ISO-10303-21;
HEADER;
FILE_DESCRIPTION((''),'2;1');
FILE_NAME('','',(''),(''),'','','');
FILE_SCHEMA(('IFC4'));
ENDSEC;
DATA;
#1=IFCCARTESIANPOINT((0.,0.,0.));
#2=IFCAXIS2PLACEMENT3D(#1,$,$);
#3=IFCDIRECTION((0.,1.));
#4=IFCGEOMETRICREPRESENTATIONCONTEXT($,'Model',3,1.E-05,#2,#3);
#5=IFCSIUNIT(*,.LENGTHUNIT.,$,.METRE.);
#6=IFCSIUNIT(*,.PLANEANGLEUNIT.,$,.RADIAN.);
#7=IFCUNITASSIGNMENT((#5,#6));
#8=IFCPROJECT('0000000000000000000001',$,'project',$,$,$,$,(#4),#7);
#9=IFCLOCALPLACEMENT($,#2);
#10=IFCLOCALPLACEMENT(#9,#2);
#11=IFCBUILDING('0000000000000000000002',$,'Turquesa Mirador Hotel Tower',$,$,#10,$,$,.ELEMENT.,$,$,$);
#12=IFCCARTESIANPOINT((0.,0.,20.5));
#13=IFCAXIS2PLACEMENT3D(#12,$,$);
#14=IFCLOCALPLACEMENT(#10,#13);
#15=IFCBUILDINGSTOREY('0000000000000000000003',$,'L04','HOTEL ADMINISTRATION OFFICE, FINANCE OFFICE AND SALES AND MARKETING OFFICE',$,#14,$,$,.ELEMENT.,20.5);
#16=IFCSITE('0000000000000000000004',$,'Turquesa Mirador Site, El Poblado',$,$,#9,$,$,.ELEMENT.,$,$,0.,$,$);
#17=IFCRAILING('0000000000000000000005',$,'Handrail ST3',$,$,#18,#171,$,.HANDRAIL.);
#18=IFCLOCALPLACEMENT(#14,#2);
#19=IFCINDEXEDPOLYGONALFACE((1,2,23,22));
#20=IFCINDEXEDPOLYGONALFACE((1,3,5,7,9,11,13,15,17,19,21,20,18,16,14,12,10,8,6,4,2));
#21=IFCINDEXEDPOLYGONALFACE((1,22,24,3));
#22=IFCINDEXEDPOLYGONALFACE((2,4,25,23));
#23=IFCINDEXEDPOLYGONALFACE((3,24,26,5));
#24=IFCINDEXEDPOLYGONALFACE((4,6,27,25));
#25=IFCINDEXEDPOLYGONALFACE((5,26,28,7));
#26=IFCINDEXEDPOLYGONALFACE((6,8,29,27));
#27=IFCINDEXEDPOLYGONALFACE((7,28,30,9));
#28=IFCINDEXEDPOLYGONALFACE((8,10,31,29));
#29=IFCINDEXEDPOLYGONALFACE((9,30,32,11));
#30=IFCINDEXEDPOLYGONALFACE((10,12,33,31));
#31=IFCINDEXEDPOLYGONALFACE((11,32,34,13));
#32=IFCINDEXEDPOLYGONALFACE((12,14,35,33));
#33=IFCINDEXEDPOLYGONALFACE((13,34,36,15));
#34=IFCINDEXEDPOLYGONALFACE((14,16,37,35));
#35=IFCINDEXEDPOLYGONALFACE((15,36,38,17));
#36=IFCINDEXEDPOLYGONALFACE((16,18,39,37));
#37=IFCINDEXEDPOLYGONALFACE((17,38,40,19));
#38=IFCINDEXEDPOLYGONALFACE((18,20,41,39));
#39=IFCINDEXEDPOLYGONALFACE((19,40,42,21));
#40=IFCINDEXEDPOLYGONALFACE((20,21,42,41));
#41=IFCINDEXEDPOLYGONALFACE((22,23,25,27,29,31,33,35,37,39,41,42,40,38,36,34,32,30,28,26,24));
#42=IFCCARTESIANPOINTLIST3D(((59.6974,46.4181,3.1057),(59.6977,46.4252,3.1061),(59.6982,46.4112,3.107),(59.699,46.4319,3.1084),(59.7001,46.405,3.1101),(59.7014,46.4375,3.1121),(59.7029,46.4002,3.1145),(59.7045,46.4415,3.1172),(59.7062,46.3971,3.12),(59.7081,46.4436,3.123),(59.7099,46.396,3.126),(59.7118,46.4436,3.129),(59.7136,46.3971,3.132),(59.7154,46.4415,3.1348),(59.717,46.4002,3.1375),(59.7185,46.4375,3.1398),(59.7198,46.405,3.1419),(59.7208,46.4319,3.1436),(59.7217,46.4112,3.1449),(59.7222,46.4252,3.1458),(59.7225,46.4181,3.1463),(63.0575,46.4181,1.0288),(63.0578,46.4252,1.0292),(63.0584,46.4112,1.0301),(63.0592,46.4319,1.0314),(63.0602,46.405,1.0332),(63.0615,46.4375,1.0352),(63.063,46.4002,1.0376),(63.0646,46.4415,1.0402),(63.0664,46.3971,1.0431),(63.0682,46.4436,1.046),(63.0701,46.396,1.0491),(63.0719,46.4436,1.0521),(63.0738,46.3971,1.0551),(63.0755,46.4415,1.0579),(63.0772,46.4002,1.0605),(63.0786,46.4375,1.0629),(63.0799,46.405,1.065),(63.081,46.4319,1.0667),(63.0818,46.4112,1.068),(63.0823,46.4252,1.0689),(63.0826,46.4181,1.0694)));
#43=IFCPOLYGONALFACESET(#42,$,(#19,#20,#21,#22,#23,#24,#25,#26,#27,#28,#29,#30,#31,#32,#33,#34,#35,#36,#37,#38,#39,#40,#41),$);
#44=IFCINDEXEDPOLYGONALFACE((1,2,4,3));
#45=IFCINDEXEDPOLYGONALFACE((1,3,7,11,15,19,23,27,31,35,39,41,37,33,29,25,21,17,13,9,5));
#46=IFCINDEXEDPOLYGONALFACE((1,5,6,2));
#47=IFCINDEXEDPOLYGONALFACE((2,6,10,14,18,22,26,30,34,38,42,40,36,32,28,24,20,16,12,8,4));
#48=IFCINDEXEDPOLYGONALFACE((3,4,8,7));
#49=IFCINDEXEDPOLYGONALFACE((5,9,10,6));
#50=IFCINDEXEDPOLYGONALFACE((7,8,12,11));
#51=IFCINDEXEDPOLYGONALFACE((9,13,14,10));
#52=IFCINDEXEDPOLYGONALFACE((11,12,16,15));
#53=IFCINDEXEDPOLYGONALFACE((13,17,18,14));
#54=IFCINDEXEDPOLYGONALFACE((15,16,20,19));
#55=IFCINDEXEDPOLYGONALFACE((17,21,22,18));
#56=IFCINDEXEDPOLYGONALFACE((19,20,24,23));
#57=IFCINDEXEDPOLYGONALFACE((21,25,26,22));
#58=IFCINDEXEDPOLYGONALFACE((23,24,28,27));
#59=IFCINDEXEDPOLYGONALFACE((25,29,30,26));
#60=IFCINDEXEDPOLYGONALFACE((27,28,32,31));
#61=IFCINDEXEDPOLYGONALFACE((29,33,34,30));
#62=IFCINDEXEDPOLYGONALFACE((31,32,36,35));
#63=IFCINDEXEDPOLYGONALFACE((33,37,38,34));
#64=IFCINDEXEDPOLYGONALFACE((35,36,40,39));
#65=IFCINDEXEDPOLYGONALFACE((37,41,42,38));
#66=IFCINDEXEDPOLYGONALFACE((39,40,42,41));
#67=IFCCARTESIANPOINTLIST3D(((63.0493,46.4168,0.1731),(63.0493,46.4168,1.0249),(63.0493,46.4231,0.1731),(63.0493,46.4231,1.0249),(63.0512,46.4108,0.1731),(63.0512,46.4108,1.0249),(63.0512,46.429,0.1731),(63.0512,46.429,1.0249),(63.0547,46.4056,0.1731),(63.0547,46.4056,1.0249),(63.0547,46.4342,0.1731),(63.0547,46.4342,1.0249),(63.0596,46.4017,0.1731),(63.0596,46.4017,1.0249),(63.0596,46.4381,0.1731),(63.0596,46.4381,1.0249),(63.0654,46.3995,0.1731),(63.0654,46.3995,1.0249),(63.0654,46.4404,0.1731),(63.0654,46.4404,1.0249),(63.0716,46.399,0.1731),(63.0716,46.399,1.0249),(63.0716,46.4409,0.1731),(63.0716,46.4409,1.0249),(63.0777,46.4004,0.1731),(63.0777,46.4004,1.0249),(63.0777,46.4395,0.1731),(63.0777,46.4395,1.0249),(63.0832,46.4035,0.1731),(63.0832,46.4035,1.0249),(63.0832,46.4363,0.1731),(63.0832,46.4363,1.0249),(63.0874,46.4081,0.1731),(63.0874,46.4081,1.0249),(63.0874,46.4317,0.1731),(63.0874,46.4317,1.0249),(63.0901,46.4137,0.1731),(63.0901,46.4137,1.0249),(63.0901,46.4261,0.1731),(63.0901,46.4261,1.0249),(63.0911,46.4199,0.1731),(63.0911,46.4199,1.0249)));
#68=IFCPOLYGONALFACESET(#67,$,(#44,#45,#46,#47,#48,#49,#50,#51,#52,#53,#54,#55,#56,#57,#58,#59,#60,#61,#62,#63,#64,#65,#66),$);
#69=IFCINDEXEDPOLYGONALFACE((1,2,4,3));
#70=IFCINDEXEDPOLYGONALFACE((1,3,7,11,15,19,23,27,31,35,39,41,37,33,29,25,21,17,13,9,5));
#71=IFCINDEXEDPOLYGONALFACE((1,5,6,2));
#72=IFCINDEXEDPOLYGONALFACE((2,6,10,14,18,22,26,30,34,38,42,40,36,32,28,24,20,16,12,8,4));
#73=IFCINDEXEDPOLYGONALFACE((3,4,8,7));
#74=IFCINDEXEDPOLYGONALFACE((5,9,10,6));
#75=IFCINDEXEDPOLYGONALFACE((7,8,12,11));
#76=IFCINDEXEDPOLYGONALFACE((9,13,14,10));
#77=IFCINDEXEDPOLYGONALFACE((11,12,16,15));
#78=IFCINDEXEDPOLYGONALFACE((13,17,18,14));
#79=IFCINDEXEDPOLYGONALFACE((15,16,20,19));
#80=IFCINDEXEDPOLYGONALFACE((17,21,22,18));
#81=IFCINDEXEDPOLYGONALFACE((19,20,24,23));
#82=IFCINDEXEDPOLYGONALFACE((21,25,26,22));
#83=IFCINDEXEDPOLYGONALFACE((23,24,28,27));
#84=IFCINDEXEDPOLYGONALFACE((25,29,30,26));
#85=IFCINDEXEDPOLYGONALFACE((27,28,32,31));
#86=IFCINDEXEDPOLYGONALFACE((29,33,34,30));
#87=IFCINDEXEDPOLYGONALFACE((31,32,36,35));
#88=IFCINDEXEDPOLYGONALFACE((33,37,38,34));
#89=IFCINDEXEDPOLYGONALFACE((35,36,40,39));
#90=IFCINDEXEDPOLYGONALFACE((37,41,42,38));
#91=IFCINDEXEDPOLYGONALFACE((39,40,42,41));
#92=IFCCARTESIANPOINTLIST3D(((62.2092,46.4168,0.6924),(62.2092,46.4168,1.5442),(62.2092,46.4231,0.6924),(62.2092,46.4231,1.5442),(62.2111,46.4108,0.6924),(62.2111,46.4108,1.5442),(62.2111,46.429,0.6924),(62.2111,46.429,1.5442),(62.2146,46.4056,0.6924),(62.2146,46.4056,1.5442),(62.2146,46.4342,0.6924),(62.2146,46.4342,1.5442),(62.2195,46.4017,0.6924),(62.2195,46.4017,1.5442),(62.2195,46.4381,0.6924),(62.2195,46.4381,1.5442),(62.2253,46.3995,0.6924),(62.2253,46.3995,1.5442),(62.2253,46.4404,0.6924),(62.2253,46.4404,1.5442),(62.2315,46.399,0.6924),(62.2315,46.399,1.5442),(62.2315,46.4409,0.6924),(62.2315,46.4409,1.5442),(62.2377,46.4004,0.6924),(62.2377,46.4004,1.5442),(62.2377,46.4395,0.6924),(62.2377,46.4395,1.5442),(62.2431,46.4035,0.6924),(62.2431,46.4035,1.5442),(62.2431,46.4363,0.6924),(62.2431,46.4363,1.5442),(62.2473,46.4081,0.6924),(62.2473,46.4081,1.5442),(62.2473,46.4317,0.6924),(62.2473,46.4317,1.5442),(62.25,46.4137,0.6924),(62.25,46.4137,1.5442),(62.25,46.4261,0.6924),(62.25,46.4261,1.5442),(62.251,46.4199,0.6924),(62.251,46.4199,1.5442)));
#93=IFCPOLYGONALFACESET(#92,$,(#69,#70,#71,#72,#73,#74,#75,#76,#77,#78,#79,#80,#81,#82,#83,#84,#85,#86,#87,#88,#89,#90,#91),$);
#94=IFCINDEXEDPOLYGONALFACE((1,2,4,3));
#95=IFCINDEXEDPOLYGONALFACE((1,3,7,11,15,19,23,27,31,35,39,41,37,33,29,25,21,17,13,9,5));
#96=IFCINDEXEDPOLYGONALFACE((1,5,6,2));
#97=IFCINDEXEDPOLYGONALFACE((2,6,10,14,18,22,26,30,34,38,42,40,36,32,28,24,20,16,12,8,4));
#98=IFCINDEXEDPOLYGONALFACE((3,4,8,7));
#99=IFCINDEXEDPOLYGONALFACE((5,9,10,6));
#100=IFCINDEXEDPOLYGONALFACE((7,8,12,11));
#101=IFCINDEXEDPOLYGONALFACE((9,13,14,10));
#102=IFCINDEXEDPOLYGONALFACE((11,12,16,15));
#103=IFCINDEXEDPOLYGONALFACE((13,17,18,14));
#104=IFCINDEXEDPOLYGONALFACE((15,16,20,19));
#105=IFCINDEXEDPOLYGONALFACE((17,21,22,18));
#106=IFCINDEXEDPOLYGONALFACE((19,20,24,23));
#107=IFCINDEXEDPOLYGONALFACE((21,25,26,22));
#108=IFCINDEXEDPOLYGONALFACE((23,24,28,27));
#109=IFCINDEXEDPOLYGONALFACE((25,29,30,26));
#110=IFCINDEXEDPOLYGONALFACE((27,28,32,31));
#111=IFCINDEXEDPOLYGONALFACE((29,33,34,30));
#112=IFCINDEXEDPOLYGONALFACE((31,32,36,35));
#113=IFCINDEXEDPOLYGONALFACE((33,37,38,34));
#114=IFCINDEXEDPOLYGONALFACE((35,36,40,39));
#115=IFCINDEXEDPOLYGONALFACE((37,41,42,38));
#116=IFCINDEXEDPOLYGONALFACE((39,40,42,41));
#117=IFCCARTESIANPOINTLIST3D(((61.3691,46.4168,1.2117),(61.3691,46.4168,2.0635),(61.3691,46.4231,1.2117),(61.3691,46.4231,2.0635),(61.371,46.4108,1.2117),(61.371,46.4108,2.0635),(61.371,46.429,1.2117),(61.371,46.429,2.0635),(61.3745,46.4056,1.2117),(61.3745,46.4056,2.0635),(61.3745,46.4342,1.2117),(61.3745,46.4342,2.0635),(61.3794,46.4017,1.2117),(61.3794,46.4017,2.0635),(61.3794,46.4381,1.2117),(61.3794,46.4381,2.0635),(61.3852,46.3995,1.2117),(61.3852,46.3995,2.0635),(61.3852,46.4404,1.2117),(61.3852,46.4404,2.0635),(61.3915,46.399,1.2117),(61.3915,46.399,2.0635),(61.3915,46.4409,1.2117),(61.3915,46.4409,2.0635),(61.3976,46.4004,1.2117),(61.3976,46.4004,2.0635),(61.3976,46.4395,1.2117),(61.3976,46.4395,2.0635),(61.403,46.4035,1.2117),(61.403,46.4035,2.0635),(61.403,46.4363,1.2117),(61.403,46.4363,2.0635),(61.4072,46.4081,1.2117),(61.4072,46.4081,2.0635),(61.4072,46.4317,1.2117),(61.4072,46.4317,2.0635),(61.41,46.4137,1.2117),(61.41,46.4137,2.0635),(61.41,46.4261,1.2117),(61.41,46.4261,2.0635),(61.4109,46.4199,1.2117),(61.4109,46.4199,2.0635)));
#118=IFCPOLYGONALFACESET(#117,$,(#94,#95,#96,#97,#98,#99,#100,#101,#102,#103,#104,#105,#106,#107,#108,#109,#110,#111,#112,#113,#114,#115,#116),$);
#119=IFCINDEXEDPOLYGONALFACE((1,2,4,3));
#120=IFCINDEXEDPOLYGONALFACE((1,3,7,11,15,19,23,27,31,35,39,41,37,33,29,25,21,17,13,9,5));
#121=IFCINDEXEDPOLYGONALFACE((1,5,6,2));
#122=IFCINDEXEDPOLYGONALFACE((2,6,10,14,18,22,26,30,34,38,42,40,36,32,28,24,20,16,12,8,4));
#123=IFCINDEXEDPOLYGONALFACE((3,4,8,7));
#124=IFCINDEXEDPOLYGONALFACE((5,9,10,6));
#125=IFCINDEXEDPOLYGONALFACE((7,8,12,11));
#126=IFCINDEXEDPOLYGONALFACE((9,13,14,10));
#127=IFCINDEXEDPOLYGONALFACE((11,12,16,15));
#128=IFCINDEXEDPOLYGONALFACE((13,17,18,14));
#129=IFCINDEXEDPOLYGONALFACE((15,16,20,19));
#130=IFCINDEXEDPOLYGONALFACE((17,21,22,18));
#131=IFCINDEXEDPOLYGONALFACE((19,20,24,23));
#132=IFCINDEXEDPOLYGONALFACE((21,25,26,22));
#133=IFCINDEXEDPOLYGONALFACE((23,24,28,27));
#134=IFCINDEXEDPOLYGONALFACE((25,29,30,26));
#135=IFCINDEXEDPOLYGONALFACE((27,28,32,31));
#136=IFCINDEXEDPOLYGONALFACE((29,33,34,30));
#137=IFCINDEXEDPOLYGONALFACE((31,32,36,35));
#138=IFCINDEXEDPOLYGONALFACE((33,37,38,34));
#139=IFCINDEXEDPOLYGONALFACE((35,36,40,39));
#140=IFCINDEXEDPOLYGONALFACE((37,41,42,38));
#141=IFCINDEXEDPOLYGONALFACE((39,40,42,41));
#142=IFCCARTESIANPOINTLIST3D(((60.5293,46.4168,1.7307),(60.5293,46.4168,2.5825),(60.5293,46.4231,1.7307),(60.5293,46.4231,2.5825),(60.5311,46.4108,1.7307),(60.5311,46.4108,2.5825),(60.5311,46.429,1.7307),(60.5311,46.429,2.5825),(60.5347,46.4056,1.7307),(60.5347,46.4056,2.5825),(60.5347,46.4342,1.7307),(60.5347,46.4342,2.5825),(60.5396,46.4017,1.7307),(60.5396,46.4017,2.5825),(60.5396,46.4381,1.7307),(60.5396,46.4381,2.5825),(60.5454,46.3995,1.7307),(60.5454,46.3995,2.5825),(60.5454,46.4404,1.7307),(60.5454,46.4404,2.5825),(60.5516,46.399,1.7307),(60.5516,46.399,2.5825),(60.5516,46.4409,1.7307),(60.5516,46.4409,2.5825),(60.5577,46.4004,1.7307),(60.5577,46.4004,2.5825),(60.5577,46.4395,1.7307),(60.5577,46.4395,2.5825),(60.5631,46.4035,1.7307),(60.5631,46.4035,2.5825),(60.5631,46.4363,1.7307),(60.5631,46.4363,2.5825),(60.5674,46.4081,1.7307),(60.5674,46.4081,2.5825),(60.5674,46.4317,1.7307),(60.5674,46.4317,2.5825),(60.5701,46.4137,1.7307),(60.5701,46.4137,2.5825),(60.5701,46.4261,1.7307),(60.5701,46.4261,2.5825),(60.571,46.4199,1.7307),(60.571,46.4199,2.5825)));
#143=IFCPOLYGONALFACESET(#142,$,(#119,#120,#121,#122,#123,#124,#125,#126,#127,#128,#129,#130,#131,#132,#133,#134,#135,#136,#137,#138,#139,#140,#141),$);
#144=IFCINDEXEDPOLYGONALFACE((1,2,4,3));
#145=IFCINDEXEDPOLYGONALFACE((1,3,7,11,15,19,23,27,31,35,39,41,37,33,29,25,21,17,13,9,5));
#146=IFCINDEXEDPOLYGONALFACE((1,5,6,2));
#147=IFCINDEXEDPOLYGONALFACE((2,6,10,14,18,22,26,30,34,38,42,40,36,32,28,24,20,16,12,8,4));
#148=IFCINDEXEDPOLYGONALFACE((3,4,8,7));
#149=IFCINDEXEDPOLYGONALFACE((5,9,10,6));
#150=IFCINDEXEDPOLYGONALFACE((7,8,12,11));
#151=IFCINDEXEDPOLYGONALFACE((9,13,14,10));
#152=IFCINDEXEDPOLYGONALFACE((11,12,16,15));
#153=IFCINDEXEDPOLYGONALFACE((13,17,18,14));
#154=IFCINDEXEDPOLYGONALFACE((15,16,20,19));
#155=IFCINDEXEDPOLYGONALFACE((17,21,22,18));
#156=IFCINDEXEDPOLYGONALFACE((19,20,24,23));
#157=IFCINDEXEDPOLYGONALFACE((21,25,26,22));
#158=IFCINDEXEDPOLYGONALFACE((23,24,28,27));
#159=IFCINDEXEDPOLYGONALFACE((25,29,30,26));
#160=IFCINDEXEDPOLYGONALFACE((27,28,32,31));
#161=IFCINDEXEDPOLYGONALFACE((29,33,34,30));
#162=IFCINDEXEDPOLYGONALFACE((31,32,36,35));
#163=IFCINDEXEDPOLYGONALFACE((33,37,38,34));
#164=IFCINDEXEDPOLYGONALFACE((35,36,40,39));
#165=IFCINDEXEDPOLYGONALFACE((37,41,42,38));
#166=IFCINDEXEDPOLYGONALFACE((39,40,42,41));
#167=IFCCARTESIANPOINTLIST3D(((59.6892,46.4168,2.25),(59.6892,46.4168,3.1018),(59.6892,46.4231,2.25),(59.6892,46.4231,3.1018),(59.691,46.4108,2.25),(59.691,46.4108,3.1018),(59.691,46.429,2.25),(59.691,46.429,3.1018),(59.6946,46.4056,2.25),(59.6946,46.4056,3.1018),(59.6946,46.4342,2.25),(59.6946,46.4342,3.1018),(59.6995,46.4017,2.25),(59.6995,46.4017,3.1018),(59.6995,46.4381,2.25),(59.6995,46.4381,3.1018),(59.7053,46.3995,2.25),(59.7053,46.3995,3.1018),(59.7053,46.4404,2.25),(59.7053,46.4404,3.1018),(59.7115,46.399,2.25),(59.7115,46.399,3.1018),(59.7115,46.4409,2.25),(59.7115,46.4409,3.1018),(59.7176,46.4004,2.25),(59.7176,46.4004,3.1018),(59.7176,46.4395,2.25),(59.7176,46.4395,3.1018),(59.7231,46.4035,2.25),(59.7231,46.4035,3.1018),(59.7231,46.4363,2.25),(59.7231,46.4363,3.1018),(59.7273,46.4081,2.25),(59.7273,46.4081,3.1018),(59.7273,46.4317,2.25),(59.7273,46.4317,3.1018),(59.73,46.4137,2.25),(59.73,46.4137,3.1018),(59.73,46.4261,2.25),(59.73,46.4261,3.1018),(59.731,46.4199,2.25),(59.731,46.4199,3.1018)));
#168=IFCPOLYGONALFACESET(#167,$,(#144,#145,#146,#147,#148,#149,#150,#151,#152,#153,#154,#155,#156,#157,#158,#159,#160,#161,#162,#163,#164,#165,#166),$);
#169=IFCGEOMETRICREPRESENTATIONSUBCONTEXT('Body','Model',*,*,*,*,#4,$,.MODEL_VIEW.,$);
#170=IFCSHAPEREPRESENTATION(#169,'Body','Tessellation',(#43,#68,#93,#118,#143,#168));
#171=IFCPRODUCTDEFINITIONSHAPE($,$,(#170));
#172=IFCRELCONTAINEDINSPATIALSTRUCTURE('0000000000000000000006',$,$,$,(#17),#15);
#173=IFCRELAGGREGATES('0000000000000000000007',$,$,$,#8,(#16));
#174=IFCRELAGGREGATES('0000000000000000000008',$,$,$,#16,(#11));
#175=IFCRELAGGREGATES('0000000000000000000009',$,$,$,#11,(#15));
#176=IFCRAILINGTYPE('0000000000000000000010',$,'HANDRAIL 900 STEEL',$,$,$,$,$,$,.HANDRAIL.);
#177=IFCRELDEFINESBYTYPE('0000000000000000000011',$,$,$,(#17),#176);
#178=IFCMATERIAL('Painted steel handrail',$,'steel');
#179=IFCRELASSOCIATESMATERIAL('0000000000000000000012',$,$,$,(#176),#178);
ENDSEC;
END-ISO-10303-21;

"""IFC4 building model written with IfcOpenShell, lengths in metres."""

from ifc_helpers import new_model, si_unit, direction, frame, origin, origin_2d, place, context, subcontext, project, spatial, circle, extrude, material, type_object, element, save


model = new_model("IFC4")

# Units and contexts
model_context = context("Model", 3, precision=1e-05, world=origin(), true_north=direction((0.0, 1.0)))
body_context = subcontext(model_context, "Body", "Model", "MODEL_VIEW")
ifc_project = project(units=[si_unit("LENGTHUNIT", "METRE"), si_unit("PLANEANGLEUNIT", "RADIAN")], contexts=[model_context])

# Site, building, storey
site_placement = place(None, origin())
site = spatial("IfcSite", under=ifc_project, at=site_placement, Name="Turquesa Mirador Site, El Poblado", CompositionType="ELEMENT", RefElevation=0.0)
building_placement = place(site_placement, origin())
building = spatial("IfcBuilding", under=site, at=building_placement, Name="Turquesa Mirador Hotel Tower", CompositionType="ELEMENT")
storey_placement = place(building_placement, frame((0.0, 0.0, 20.5)))
storey = spatial("IfcBuildingStorey", under=building, at=storey_placement, Name="L04", Description="HOTEL ADMINISTRATION OFFICE, FINANCE OFFICE AND SALES AND MARKETING OFFICE", CompositionType="ELEMENT", Elevation=20.5)

# Railing
ifc_material_1 = material(Name="Painted steel handrail", Category="steel")
railing_type_1 = type_object("IfcRailingType", Name="HANDRAIL 900 STEEL", PredefinedType="HANDRAIL", material=ifc_material_1)
railing_1_placement = place(storey_placement, frame((63.0701, 46.4199, 0.1731)))
element("IfcRailing", 1, at=railing_1_placement, inside=storey, type_object=railing_type_1, Name="Handrail ST3", PredefinedType="HANDRAIL", context=body_context, shape_type="SweptSolid", body=[
    extrude(circle(Radius=0.0239, at=origin_2d()), frame((0.0, 0.0, 0.876), z_axis=(-0.850623, 0.0, 0.525776), x_axis=(0.0, -1.0, 0.0)), (0.0, 0.0, 1.0), 3.9502),
    extrude(circle(Radius=0.021, at=origin_2d()), origin(), (0.0, 0.0, 1.0), 0.8518),
    extrude(circle(Radius=0.021, at=origin_2d()), frame((-0.8401, 0.0, 0.5193)), (0.0, 0.0, 1.0), 0.8518),
    extrude(circle(Radius=0.021, at=origin_2d()), frame((-1.6802, 0.0, 1.0386)), (0.0, 0.0, 1.0), 0.8518),
    extrude(circle(Radius=0.021, at=origin_2d()), frame((-2.52, 0.0, 1.5576)), (0.0, 0.0, 1.0), 0.8518),
    extrude(circle(Radius=0.021, at=origin_2d()), frame((-3.3601, 0.0, 2.0769)), (0.0, 0.0, 1.0), 0.8518),
])

save(model, "model.ifc")
